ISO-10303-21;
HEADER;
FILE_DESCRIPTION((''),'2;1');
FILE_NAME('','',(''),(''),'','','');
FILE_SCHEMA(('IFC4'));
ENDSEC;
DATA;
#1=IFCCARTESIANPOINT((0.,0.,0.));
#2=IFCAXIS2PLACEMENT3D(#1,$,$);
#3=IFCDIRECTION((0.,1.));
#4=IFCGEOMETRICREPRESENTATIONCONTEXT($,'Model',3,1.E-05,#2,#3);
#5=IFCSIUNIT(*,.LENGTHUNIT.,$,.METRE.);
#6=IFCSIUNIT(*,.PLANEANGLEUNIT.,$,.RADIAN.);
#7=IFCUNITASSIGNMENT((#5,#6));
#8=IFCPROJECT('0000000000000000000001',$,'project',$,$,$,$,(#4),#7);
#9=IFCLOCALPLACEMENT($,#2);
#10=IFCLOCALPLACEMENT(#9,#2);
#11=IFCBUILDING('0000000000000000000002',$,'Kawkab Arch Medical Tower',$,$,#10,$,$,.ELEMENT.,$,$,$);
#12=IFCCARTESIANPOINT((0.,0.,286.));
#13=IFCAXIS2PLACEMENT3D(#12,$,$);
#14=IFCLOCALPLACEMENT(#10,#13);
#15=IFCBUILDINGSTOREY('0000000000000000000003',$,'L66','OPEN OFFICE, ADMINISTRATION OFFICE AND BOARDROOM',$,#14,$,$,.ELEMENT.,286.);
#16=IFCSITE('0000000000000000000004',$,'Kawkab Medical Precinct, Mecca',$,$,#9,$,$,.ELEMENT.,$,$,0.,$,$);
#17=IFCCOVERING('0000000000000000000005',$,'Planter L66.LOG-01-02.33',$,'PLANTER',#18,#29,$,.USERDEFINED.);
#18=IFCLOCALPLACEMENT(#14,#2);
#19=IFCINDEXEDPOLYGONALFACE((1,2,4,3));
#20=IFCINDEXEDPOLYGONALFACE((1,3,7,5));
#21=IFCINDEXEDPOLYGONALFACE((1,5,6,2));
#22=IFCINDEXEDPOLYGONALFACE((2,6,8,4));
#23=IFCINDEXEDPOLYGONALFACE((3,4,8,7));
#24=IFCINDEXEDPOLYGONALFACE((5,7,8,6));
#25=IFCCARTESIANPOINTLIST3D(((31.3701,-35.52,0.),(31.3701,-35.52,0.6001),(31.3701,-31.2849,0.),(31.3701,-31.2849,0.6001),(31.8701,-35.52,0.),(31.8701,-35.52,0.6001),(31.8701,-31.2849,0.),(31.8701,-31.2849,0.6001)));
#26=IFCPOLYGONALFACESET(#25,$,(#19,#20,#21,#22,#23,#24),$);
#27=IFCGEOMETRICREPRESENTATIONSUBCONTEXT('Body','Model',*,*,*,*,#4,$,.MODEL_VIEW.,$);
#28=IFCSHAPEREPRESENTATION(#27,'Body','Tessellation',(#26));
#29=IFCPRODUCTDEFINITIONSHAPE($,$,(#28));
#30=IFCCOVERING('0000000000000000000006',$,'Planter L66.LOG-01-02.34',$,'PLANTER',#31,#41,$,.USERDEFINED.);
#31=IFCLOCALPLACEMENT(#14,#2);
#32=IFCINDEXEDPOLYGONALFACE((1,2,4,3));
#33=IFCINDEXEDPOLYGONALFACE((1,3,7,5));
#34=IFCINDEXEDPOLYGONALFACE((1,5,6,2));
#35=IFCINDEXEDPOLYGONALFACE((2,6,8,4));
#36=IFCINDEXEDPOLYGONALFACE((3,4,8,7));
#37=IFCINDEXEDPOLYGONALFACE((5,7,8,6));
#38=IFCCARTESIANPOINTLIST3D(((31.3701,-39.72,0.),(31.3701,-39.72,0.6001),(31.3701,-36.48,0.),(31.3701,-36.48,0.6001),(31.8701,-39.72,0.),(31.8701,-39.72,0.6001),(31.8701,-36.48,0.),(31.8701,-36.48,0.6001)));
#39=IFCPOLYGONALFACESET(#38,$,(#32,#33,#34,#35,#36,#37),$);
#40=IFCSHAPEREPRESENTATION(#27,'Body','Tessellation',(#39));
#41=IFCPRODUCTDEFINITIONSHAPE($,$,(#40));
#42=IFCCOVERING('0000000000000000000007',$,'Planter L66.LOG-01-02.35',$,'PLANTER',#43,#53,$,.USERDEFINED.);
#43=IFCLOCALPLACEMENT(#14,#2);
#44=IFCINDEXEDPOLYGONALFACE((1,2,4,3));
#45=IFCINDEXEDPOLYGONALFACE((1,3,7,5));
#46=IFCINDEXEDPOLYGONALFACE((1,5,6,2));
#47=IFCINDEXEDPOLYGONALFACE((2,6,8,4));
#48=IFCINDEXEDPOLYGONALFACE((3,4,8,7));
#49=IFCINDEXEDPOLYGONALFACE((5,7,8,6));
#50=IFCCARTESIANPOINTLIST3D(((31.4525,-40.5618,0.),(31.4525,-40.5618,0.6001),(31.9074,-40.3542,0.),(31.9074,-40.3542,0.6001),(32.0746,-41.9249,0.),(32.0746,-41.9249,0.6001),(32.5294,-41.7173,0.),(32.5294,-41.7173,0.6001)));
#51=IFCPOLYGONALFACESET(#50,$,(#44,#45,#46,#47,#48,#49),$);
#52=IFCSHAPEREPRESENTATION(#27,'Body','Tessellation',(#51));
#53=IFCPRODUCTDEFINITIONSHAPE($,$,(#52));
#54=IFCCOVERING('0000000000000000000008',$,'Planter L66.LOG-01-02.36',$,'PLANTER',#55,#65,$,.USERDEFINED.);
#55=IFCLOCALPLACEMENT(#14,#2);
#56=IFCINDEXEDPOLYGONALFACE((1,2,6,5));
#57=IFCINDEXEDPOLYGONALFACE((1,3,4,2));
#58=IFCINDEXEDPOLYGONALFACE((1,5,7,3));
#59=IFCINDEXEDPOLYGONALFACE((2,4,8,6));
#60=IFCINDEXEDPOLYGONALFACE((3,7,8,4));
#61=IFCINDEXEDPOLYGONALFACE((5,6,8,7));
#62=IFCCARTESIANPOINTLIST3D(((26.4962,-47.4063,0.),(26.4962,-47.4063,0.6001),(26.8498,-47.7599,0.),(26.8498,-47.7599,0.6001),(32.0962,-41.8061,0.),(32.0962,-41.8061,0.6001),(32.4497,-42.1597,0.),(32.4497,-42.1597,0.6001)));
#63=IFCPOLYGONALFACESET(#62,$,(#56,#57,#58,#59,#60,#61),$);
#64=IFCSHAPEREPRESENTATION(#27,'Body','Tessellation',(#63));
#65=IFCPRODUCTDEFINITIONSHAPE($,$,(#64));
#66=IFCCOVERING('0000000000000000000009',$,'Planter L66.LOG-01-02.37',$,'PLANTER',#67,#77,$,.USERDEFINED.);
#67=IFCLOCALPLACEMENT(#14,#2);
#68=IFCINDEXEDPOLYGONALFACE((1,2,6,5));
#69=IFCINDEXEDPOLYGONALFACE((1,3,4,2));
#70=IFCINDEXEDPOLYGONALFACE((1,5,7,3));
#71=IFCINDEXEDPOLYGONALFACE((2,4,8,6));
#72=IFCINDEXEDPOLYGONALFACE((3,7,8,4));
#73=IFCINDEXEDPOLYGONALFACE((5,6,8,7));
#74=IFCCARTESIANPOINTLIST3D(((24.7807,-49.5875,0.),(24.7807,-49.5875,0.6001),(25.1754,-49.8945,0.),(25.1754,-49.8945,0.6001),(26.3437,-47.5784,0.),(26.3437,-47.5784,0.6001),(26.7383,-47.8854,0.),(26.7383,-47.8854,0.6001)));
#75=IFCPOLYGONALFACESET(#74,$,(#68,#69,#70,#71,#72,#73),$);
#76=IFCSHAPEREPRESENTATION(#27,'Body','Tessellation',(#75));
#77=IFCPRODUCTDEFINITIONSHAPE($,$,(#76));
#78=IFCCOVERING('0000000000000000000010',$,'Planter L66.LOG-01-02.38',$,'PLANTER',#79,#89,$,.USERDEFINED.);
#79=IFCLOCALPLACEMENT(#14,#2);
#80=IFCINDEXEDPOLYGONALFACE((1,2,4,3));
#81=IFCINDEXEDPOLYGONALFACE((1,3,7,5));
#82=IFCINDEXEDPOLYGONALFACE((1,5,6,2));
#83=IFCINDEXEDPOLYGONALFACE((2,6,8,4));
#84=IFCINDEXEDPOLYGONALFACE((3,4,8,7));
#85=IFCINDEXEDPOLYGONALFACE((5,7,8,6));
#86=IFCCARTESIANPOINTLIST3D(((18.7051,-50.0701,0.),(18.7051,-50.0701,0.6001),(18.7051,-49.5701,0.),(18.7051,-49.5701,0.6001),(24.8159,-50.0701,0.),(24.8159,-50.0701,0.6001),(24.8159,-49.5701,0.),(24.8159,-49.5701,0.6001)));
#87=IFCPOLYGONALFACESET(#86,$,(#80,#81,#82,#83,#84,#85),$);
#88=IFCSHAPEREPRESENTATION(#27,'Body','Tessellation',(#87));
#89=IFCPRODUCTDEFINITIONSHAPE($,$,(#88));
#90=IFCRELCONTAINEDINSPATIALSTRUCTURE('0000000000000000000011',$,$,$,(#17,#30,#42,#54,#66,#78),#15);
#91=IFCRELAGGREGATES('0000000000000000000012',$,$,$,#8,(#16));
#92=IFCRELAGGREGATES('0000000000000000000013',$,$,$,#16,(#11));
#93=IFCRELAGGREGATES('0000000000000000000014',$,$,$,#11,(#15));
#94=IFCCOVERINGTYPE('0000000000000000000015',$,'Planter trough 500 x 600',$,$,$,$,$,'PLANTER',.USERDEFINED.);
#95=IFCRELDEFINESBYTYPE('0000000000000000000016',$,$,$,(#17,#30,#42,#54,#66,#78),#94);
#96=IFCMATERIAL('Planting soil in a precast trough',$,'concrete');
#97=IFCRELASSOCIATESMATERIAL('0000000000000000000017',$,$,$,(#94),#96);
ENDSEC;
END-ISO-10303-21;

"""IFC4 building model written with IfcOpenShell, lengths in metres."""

from ifc_helpers import new_model, si_unit, direction, frame, origin, origin_2d, place, context, subcontext, project, spatial, rectangle, extrude, material, material_profile, profile_set, type_object, element, save


model = new_model("IFC4")

# Units and contexts
model_context = context("Model", 3, precision=1e-05, world=origin(), true_north=direction((0.0, 1.0)))
body_context = subcontext(model_context, "Body", "Model", "MODEL_VIEW")
ifc_project = project(units=[si_unit("LENGTHUNIT", "METRE"), si_unit("PLANEANGLEUNIT", "RADIAN")], contexts=[model_context])

# Site, building, storey
site_placement = place(None, origin())
site = spatial("IfcSite", under=ifc_project, at=site_placement, Name="Kawkab Medical Precinct, Mecca", CompositionType="ELEMENT", RefElevation=0.0)
building_placement = place(site_placement, origin())
building = spatial("IfcBuilding", under=site, at=building_placement, Name="Kawkab Arch Medical Tower", CompositionType="ELEMENT")
storey_placement = place(building_placement, frame((0.0, 0.0, 286.0)))
storey = spatial("IfcBuildingStorey", under=building, at=storey_placement, Name="L66", Description="OPEN OFFICE, ADMINISTRATION OFFICE AND BOARDROOM", CompositionType="ELEMENT", Elevation=286.0)

# Coverings
ifc_material_1 = material(Name="Planting soil in a precast trough", Category="concrete")
ifc_material_profile_1 = material_profile(ifc_material_1, rectangle(XDim=0.5, YDim=0.6001, at=origin_2d()), Name="Trough 500x600")
ifc_profile_set_1 = profile_set([ifc_material_profile_1], Name="Planting soil in a precast trough")
covering_type = type_object("IfcCoveringType", Name="Planter trough 500 x 600", ElementType="PLANTER", PredefinedType="USERDEFINED", material=ifc_profile_set_1)
covering_1_placement = place(storey_placement, frame((31.6201, -31.2849, 0.3), z_axis=(0.0, -1.0, 0.0), x_axis=(1.0, 0.0, 0.0)))
element("IfcCovering", 1, at=covering_1_placement, inside=storey, type_object=covering_type, Name="Planter L66.LOG-01-02.33", ObjectType="PLANTER", PredefinedType="USERDEFINED", context=body_context, shape_type="SweptSolid", body=[
    extrude(rectangle(XDim=0.5, YDim=0.6001, at=origin_2d()), origin(), (0.0, 0.0, 1.0), 4.2351),
])
covering_2_placement = place(storey_placement, frame((31.6201, -36.48, 0.3), z_axis=(0.0, -1.0, 0.0), x_axis=(1.0, 0.0, 0.0)))
element("IfcCovering", 2, at=covering_2_placement, inside=storey, type_object=covering_type, Name="Planter L66.LOG-01-02.34", ObjectType="PLANTER", PredefinedType="USERDEFINED", context=body_context, shape_type="SweptSolid", body=[
    extrude(rectangle(XDim=0.5, YDim=0.6001, at=origin_2d()), origin(), (0.0, 0.0, 1.0), 3.24),
])
covering_3_placement = place(storey_placement, frame((31.6799, -40.458, 0.3), z_axis=(0.41519, -0.909735, 0.0), x_axis=(0.909735, 0.41519, 0.0)))
element("IfcCovering", 3, at=covering_3_placement, inside=storey, type_object=covering_type, Name="Planter L66.LOG-01-02.35", ObjectType="PLANTER", PredefinedType="USERDEFINED", context=body_context, shape_type="SweptSolid", body=[
    extrude(rectangle(XDim=0.5, YDim=0.6001, at=origin_2d()), origin(), (0.0, 0.0, 1.0), 1.4983),
])
covering_4_placement = place(storey_placement, frame((32.2729, -41.9829, 0.3), z_axis=(-0.707091, -0.707122, 0.0), x_axis=(0.707122, -0.707091, 0.0)))
element("IfcCovering", 4, at=covering_4_placement, inside=storey, type_object=covering_type, Name="Planter L66.LOG-01-02.36", ObjectType="PLANTER", PredefinedType="USERDEFINED", context=body_context, shape_type="SweptSolid", body=[
    extrude(rectangle(XDim=0.5, YDim=0.6001, at=origin_2d()), origin(), (0.0, 0.0, 1.0), 7.9197),
])
covering_5_placement = place(storey_placement, frame((26.541, -47.7319, 0.3), z_axis=(-0.61404, -0.789275, 0.0), x_axis=(0.789275, -0.61404, 0.0)))
element("IfcCovering", 5, at=covering_5_placement, inside=storey, type_object=covering_type, Name="Planter L66.LOG-01-02.37", ObjectType="PLANTER", PredefinedType="USERDEFINED", context=body_context, shape_type="SweptSolid", body=[
    extrude(rectangle(XDim=0.5, YDim=0.6001, at=origin_2d()), origin(), (0.0, 0.0, 1.0), 2.5454),
])
covering_6_placement = place(storey_placement, frame((24.8159, -49.8201, 0.3), z_axis=(-1.0, 0.0, 0.0), x_axis=(0.0, -1.0, 0.0)))
element("IfcCovering", 6, at=covering_6_placement, inside=storey, type_object=covering_type, Name="Planter L66.LOG-01-02.38", ObjectType="PLANTER", PredefinedType="USERDEFINED", context=body_context, shape_type="SweptSolid", body=[
    extrude(rectangle(XDim=0.5, YDim=0.6001, at=origin_2d()), origin(), (0.0, 0.0, 1.0), 6.1108),
])

save(model, "model.ifc")
